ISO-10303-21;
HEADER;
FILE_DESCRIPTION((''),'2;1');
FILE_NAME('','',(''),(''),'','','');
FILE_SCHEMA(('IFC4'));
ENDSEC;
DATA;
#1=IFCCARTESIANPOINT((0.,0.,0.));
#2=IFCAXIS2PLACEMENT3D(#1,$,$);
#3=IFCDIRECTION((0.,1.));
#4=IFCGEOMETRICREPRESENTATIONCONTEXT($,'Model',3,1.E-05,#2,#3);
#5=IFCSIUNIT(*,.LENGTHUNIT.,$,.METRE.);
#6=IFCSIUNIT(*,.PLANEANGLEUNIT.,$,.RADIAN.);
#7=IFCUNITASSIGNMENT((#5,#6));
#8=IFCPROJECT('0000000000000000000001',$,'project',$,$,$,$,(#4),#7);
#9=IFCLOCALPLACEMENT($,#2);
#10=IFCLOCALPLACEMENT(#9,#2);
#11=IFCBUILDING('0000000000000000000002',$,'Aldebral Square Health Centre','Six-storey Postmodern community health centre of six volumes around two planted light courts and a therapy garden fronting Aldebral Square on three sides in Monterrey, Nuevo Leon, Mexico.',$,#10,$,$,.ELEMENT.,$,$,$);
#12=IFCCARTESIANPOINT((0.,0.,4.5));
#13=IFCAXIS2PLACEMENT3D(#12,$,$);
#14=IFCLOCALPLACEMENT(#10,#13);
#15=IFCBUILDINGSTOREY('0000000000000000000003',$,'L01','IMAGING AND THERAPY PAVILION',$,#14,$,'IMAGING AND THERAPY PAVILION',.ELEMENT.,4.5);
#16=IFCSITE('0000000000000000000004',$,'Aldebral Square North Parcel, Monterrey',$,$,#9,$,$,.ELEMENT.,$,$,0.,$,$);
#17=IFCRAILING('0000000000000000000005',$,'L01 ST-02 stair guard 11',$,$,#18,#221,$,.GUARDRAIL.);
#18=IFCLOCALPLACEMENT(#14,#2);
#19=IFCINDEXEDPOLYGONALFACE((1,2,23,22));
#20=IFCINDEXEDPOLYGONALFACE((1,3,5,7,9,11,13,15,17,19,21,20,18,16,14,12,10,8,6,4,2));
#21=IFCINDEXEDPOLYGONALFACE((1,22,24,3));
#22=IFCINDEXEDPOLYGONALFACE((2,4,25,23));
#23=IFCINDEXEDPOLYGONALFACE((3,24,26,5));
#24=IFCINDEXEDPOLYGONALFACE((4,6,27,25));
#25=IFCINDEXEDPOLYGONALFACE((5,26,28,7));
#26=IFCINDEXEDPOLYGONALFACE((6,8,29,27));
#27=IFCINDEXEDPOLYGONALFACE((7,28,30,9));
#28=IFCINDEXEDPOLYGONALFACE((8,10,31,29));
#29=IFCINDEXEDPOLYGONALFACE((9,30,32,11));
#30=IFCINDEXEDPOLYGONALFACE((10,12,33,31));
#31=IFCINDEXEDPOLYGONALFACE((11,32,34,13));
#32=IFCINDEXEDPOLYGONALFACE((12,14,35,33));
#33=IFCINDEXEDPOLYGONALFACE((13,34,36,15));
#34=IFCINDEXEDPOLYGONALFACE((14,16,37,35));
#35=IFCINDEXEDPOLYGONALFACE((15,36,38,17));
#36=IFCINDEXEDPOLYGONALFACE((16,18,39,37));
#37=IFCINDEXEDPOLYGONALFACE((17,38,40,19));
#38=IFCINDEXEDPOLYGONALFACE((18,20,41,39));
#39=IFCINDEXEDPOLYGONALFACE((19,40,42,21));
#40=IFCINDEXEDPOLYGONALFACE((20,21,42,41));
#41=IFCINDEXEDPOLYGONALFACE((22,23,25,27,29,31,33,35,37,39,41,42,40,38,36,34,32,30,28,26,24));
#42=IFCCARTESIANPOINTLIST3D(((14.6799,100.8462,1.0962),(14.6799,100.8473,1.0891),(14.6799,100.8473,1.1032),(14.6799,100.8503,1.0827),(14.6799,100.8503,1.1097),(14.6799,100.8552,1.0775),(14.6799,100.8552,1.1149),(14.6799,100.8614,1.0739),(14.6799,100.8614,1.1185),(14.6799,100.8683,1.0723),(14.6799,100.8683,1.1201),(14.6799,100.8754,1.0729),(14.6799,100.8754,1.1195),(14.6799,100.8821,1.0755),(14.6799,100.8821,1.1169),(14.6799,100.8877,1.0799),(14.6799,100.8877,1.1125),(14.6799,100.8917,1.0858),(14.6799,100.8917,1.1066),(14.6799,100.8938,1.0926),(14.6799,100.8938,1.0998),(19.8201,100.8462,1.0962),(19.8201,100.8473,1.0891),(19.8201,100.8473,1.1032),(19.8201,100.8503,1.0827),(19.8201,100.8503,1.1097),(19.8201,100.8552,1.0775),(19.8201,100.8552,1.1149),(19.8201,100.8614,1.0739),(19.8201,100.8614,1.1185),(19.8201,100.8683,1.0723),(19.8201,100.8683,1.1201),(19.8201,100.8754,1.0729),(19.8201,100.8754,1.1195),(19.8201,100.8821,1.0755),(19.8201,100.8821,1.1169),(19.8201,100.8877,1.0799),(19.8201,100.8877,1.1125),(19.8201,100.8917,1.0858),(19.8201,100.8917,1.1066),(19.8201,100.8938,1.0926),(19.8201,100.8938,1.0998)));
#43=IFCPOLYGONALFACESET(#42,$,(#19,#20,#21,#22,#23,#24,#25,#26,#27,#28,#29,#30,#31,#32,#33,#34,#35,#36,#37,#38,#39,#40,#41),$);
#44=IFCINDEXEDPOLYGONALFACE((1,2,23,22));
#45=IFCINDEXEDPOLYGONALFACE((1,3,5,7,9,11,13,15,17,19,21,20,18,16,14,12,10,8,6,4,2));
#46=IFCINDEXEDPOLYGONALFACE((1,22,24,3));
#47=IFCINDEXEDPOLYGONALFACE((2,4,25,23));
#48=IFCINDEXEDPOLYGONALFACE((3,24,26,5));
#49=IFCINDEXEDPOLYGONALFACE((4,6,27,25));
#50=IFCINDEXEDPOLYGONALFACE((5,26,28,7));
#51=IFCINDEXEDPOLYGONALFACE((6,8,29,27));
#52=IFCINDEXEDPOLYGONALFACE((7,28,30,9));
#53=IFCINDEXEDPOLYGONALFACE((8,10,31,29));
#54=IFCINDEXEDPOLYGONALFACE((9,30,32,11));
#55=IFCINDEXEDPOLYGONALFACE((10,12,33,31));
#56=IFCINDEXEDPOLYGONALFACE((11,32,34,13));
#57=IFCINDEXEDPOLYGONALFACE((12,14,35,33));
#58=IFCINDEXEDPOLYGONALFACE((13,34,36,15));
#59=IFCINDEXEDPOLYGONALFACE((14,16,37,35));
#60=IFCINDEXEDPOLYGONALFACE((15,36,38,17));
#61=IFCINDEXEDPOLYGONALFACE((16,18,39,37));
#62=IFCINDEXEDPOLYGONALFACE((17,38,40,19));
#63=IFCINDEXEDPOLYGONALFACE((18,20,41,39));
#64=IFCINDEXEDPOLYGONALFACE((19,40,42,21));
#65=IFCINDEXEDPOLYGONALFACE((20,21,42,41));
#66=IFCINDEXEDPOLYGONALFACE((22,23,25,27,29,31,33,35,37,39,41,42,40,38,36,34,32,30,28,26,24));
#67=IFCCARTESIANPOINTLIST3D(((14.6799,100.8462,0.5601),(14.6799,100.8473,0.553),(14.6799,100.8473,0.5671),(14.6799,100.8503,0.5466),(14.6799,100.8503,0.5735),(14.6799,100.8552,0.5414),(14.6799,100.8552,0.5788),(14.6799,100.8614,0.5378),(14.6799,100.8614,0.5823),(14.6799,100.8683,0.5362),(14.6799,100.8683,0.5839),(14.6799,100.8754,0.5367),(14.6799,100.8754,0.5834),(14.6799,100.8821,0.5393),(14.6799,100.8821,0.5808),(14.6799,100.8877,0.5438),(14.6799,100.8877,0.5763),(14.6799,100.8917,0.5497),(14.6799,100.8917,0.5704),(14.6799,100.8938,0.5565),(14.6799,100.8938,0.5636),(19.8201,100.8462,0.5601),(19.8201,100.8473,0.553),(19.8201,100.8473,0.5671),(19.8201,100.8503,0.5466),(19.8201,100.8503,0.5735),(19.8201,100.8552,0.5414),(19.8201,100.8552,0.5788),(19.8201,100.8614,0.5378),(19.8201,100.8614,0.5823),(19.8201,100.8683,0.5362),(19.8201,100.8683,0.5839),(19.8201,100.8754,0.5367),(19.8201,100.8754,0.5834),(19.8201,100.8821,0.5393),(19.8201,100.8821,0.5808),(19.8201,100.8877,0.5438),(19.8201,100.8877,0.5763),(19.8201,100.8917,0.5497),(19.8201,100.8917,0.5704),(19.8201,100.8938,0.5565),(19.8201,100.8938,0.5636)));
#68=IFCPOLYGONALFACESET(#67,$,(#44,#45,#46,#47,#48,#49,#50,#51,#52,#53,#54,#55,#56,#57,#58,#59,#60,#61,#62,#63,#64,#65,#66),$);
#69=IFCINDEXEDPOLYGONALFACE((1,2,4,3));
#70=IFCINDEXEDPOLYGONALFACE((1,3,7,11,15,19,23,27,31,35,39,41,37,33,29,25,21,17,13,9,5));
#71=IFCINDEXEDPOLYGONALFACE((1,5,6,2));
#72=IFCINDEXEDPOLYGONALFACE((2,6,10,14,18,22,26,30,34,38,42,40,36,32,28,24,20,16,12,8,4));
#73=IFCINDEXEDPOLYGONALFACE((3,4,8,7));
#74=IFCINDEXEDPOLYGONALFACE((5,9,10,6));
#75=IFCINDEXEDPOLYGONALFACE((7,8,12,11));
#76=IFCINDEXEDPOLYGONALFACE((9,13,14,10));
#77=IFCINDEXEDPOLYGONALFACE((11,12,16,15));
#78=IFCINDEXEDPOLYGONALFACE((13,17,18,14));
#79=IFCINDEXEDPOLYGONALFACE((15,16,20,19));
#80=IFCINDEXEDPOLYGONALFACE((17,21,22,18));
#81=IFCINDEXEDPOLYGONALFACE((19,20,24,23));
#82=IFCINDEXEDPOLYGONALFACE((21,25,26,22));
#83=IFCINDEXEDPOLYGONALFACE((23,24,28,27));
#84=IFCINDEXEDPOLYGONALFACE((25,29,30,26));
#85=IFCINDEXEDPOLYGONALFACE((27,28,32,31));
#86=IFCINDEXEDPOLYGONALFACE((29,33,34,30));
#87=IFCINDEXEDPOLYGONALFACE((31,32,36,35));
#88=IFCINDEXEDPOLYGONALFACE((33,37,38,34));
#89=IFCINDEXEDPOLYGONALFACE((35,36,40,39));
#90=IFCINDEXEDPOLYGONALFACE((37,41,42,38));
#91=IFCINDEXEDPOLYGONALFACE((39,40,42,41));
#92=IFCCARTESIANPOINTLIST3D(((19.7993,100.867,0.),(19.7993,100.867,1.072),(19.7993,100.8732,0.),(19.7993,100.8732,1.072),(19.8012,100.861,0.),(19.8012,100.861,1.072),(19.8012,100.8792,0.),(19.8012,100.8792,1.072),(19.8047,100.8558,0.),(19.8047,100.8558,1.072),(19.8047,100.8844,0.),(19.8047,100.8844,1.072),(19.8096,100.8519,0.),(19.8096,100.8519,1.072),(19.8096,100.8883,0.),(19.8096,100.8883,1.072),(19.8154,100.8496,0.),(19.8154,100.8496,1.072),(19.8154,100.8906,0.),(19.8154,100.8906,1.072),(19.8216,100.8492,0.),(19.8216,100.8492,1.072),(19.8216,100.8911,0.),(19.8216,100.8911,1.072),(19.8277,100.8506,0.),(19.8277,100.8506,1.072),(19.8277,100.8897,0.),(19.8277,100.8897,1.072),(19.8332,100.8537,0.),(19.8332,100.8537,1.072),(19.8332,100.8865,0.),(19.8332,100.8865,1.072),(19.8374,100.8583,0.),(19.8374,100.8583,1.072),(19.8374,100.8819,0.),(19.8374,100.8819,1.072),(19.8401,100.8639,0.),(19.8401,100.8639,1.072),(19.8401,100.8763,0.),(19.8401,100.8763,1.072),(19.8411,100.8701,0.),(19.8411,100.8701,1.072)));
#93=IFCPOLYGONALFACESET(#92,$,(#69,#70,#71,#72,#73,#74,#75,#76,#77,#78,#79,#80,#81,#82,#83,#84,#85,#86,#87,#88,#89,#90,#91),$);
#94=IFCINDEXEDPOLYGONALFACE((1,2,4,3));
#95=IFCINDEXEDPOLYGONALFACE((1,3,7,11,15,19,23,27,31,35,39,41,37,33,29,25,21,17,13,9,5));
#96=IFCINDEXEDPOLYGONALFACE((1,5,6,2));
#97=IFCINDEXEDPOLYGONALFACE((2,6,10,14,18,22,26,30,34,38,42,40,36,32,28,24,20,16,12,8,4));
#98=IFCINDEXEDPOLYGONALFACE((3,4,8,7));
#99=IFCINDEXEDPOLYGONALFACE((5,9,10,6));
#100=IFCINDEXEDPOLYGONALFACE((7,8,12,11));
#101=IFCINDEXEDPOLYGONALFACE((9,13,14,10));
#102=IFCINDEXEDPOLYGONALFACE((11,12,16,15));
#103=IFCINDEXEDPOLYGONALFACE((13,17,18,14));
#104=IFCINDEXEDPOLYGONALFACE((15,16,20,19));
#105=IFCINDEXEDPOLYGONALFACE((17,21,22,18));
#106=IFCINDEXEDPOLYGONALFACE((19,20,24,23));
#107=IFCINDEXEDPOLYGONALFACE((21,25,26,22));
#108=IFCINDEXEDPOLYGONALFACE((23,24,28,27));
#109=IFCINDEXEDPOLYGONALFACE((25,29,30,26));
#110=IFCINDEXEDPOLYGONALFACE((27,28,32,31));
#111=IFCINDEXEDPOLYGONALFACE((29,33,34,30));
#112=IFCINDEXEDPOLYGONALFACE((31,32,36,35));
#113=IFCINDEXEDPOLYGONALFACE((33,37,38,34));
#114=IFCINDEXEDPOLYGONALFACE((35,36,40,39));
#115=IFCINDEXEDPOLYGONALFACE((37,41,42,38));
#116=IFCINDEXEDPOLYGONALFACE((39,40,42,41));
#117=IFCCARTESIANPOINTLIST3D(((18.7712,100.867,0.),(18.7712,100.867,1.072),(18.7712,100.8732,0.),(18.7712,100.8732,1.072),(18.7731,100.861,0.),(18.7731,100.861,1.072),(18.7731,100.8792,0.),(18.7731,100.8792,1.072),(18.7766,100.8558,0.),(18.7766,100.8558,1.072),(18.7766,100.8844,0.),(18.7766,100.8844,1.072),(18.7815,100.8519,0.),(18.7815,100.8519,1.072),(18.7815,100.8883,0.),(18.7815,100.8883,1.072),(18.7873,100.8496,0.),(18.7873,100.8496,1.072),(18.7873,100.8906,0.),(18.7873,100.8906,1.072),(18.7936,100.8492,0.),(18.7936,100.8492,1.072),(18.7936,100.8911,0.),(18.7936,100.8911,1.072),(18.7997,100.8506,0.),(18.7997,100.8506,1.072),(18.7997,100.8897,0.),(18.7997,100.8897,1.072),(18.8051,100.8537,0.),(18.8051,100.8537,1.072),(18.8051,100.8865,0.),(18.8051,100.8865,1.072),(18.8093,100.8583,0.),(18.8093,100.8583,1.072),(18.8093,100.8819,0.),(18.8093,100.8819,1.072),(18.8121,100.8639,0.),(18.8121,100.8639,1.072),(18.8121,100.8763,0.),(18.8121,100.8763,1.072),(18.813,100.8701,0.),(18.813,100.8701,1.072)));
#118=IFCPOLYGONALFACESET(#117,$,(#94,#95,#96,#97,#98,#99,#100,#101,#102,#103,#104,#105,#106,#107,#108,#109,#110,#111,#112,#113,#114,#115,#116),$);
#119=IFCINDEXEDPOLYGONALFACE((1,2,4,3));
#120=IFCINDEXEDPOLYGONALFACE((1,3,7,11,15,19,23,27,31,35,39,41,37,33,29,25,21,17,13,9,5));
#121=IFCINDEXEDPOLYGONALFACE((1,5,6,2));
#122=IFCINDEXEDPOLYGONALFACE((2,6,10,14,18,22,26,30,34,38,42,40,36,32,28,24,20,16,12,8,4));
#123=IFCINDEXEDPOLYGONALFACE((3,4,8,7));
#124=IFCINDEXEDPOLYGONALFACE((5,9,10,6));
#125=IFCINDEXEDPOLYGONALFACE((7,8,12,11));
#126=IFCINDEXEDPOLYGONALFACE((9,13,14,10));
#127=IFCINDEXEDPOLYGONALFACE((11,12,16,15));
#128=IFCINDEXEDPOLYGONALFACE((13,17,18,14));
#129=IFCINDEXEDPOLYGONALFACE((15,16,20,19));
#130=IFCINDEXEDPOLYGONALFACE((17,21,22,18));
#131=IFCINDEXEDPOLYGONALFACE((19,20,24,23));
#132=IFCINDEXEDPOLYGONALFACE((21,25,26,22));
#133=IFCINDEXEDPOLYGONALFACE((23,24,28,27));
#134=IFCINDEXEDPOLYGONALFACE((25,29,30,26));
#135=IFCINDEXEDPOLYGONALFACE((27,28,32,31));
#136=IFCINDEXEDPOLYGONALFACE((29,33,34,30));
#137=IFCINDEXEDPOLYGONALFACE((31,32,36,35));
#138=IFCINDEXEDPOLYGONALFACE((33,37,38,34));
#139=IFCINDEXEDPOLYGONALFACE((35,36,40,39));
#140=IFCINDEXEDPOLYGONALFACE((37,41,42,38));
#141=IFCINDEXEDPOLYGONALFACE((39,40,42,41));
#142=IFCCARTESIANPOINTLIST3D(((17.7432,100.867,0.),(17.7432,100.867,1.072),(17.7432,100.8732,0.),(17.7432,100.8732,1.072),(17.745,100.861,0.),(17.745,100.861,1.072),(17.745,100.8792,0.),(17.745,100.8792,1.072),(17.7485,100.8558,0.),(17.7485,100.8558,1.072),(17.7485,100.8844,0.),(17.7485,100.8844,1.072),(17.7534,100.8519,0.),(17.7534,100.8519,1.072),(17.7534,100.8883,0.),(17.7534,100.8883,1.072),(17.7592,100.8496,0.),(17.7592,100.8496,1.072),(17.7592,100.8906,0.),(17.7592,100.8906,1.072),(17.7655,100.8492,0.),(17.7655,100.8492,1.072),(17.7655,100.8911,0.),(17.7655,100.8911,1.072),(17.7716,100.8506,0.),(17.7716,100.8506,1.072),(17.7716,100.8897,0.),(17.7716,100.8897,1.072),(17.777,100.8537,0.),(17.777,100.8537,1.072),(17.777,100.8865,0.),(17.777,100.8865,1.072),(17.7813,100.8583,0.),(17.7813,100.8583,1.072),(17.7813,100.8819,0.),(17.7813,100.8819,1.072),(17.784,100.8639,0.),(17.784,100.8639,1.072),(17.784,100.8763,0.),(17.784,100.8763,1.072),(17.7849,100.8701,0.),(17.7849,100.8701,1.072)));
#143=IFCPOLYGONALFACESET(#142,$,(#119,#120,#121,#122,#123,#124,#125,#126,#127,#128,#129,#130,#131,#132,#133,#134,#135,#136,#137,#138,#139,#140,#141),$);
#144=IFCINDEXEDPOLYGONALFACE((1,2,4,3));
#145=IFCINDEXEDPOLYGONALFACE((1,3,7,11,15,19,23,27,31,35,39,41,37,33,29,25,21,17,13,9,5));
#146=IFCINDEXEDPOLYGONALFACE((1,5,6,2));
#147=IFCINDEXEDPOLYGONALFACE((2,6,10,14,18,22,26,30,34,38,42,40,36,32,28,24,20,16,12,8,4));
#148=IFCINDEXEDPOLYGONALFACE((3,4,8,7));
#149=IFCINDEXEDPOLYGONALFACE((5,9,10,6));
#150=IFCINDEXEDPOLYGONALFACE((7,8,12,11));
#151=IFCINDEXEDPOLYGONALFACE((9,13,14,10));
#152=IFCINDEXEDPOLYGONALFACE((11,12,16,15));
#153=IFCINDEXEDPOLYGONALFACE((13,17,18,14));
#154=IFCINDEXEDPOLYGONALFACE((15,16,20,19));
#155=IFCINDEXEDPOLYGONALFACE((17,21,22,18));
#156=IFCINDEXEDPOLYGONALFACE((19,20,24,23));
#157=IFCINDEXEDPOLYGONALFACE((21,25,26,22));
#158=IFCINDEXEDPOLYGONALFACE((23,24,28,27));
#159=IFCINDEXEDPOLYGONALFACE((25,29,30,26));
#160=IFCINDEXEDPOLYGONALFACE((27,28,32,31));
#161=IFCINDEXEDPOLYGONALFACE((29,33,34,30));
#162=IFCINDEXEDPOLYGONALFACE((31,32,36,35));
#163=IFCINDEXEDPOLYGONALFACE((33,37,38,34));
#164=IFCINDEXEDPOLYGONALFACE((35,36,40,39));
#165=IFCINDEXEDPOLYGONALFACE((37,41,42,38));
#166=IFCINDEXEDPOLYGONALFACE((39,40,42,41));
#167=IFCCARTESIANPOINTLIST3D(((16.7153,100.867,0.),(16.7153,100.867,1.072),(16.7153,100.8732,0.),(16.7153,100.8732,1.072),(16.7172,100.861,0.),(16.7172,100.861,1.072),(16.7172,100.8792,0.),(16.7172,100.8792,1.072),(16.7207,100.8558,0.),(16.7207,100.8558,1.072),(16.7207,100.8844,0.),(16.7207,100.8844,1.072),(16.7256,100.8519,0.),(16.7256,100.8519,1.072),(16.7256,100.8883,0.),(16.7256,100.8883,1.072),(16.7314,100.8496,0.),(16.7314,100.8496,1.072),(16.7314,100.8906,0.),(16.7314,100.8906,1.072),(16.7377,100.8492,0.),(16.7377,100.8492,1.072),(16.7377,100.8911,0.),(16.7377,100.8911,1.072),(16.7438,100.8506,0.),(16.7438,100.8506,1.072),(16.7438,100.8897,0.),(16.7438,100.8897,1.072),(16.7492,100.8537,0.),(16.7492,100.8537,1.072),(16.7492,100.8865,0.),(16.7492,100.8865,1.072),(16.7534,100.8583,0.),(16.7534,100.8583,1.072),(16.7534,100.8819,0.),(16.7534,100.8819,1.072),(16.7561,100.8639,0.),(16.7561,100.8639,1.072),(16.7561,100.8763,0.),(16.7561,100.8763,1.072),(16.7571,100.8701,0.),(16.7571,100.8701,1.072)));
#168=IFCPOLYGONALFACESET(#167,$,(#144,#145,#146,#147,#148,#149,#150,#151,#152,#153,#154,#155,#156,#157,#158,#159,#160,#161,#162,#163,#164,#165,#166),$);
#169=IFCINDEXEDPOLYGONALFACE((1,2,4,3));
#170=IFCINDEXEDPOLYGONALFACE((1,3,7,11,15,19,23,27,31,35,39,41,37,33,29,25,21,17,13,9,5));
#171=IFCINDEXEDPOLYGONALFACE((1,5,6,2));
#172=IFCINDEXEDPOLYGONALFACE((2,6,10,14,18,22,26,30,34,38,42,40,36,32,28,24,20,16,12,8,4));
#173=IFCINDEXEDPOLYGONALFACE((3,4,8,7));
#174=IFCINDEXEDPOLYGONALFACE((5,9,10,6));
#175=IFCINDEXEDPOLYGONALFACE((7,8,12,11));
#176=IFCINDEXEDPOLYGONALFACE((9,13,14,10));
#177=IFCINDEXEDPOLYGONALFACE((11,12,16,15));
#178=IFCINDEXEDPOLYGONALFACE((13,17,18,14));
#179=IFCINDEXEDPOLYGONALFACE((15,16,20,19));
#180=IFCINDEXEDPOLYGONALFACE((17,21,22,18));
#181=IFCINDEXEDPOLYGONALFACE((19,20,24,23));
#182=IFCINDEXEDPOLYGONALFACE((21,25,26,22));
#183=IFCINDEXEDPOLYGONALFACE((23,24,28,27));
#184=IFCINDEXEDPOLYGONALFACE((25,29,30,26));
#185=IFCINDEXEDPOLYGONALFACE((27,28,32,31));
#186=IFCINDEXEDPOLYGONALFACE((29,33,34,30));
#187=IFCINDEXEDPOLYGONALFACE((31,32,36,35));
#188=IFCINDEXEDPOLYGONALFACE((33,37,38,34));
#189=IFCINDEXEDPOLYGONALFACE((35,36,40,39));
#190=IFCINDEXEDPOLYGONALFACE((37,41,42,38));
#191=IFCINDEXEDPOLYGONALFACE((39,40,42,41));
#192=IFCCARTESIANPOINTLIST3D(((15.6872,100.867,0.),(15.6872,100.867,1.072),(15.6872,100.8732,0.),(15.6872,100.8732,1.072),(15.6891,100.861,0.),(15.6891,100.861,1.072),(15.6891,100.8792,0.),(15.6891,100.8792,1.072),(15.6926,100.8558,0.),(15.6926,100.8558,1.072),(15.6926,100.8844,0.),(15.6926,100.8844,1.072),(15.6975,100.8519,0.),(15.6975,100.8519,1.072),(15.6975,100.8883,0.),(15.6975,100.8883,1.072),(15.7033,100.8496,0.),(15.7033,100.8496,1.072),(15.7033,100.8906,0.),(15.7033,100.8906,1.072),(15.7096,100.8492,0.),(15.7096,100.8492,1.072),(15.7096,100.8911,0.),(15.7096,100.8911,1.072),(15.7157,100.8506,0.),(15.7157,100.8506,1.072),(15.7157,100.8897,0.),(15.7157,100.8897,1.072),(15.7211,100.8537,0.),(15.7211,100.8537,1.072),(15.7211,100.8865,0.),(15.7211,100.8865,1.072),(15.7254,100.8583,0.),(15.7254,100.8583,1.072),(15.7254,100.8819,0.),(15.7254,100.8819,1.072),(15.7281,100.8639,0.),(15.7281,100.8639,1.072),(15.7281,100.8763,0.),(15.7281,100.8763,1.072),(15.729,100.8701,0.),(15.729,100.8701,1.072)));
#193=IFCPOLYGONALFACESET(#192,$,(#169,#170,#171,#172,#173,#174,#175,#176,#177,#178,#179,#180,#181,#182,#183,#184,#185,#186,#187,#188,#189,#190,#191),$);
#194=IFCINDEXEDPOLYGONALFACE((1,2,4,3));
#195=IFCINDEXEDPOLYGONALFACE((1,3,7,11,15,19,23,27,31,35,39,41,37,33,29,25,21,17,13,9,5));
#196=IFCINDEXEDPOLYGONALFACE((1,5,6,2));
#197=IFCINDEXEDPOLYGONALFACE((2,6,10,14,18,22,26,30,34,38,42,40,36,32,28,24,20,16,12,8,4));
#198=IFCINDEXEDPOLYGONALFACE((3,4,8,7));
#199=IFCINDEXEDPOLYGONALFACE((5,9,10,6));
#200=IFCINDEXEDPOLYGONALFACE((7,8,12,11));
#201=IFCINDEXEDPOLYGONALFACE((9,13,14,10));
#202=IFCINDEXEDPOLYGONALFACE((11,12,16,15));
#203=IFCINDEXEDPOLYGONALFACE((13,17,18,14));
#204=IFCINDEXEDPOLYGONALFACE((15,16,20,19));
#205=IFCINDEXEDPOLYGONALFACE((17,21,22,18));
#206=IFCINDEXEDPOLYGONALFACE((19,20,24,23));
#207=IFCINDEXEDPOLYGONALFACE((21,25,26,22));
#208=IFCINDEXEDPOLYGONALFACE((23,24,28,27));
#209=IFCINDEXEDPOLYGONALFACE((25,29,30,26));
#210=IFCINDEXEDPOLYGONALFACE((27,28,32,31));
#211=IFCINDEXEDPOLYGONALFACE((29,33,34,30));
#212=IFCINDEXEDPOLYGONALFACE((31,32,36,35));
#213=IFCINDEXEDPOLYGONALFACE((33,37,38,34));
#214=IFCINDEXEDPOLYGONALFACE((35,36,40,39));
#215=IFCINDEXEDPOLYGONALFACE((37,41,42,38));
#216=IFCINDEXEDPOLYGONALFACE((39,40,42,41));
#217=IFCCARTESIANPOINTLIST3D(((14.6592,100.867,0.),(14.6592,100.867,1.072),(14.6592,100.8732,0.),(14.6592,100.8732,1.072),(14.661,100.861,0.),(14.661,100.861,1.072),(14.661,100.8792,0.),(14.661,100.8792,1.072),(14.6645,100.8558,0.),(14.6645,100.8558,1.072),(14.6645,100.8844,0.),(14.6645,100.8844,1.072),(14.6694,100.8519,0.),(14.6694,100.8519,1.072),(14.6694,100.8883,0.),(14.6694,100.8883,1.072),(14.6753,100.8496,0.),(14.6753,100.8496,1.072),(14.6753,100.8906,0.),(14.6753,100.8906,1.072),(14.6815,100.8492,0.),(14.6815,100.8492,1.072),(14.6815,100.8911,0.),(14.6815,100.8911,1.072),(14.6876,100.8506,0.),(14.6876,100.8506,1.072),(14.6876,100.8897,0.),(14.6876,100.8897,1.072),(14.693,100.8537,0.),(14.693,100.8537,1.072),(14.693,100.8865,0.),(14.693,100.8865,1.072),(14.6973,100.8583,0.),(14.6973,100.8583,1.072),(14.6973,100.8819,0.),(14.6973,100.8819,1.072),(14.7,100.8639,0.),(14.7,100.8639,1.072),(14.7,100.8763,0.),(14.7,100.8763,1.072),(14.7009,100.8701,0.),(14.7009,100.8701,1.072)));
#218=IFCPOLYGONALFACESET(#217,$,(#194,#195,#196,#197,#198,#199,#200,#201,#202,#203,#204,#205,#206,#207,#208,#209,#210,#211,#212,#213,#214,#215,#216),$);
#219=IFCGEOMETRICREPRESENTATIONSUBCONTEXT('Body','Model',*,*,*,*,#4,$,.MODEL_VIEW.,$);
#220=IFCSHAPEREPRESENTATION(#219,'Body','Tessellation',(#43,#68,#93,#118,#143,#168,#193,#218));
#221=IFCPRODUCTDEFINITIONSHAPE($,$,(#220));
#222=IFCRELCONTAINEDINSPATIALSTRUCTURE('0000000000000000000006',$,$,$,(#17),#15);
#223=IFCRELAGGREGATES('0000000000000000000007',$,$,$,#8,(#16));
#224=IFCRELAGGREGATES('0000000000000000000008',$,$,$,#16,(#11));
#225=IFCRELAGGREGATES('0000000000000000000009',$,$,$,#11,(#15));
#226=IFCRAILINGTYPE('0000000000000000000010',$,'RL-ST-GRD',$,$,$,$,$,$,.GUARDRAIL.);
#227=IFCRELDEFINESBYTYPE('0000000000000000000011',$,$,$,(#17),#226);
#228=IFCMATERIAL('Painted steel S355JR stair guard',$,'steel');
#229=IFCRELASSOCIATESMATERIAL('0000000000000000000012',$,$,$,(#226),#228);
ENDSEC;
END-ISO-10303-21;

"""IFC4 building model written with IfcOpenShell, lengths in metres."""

from ifc_helpers import new_model, si_unit, direction, frame, origin, origin_2d, place, context, subcontext, project, spatial, circle, extrude, material, type_object, element, save


model = new_model("IFC4")

# Units and contexts
model_context = context("Model", 3, precision=1e-05, world=origin(), true_north=direction((0.0, 1.0)))
body_context = subcontext(model_context, "Body", "Model", "MODEL_VIEW")
ifc_project = project(units=[si_unit("LENGTHUNIT", "METRE"), si_unit("PLANEANGLEUNIT", "RADIAN")], contexts=[model_context])

# Site, building, storey
site_placement = place(None, origin())
site = spatial("IfcSite", under=ifc_project, at=site_placement, Name="Aldebral Square North Parcel, Monterrey", CompositionType="ELEMENT", RefElevation=0.0)
building_placement = place(site_placement, origin())
building = spatial("IfcBuilding", under=site, at=building_placement, Name="Aldebral Square Health Centre", Description="Six-storey Postmodern community health centre of six volumes around two planted light courts and a therapy garden fronting Aldebral Square on three sides in Monterrey, Nuevo Leon, Mexico.", CompositionType="ELEMENT")
storey_placement = place(building_placement, frame((0.0, 0.0, 4.5)))
storey = spatial("IfcBuildingStorey", under=building, at=storey_placement, Name="L01", Description="IMAGING AND THERAPY PAVILION", LongName="IMAGING AND THERAPY PAVILION", CompositionType="ELEMENT", Elevation=4.5)

# Railing
ifc_material_1 = material(Name="Painted steel S355JR stair guard", Category="steel")
railing_type_1 = type_object("IfcRailingType", Name="RL-ST-GRD", PredefinedType="GUARDRAIL", material=ifc_material_1)
railing_1_placement = place(storey_placement, frame((19.8201, 100.8701, 0.0)))
element("IfcRailing", 1, at=railing_1_placement, inside=storey, type_object=railing_type_1, Name="L01 ST-02 stair guard 11", PredefinedType="GUARDRAIL", context=body_context, shape_type="SweptSolid", body=[
    extrude(circle(Radius=0.0239, at=origin_2d()), frame((0.0, 0.0, 1.0962), z_axis=(-1.0, 0.0, 0.0), x_axis=(0.0, -1.0, 0.0)), (0.0, 0.0, 1.0), 5.1401),
    extrude(circle(Radius=0.0239, at=origin_2d()), frame((0.0, 0.0, 0.5601), z_axis=(-1.0, 0.0, 0.0), x_axis=(0.0, -1.0, 0.0)), (0.0, 0.0, 1.0), 5.1401),
    extrude(circle(Radius=0.021, at=origin_2d()), origin(), (0.0, 0.0, 1.0), 1.072),
    extrude(circle(Radius=0.021, at=origin_2d()), frame((-1.0281, 0.0, 0.0)), (0.0, 0.0, 1.0), 1.072),
    extrude(circle(Radius=0.021, at=origin_2d()), frame((-2.0562, 0.0, 0.0)), (0.0, 0.0, 1.0), 1.072),
    extrude(circle(Radius=0.021, at=origin_2d()), frame((-3.084, 0.0, 0.0)), (0.0, 0.0, 1.0), 1.072),
    extrude(circle(Radius=0.021, at=origin_2d()), frame((-4.1121, 0.0, 0.0)), (0.0, 0.0, 1.0), 1.072),
    extrude(circle(Radius=0.021, at=origin_2d()), frame((-5.1401, 0.0, 0.0)), (0.0, 0.0, 1.0), 1.072),
])

save(model, "model.ifc")
